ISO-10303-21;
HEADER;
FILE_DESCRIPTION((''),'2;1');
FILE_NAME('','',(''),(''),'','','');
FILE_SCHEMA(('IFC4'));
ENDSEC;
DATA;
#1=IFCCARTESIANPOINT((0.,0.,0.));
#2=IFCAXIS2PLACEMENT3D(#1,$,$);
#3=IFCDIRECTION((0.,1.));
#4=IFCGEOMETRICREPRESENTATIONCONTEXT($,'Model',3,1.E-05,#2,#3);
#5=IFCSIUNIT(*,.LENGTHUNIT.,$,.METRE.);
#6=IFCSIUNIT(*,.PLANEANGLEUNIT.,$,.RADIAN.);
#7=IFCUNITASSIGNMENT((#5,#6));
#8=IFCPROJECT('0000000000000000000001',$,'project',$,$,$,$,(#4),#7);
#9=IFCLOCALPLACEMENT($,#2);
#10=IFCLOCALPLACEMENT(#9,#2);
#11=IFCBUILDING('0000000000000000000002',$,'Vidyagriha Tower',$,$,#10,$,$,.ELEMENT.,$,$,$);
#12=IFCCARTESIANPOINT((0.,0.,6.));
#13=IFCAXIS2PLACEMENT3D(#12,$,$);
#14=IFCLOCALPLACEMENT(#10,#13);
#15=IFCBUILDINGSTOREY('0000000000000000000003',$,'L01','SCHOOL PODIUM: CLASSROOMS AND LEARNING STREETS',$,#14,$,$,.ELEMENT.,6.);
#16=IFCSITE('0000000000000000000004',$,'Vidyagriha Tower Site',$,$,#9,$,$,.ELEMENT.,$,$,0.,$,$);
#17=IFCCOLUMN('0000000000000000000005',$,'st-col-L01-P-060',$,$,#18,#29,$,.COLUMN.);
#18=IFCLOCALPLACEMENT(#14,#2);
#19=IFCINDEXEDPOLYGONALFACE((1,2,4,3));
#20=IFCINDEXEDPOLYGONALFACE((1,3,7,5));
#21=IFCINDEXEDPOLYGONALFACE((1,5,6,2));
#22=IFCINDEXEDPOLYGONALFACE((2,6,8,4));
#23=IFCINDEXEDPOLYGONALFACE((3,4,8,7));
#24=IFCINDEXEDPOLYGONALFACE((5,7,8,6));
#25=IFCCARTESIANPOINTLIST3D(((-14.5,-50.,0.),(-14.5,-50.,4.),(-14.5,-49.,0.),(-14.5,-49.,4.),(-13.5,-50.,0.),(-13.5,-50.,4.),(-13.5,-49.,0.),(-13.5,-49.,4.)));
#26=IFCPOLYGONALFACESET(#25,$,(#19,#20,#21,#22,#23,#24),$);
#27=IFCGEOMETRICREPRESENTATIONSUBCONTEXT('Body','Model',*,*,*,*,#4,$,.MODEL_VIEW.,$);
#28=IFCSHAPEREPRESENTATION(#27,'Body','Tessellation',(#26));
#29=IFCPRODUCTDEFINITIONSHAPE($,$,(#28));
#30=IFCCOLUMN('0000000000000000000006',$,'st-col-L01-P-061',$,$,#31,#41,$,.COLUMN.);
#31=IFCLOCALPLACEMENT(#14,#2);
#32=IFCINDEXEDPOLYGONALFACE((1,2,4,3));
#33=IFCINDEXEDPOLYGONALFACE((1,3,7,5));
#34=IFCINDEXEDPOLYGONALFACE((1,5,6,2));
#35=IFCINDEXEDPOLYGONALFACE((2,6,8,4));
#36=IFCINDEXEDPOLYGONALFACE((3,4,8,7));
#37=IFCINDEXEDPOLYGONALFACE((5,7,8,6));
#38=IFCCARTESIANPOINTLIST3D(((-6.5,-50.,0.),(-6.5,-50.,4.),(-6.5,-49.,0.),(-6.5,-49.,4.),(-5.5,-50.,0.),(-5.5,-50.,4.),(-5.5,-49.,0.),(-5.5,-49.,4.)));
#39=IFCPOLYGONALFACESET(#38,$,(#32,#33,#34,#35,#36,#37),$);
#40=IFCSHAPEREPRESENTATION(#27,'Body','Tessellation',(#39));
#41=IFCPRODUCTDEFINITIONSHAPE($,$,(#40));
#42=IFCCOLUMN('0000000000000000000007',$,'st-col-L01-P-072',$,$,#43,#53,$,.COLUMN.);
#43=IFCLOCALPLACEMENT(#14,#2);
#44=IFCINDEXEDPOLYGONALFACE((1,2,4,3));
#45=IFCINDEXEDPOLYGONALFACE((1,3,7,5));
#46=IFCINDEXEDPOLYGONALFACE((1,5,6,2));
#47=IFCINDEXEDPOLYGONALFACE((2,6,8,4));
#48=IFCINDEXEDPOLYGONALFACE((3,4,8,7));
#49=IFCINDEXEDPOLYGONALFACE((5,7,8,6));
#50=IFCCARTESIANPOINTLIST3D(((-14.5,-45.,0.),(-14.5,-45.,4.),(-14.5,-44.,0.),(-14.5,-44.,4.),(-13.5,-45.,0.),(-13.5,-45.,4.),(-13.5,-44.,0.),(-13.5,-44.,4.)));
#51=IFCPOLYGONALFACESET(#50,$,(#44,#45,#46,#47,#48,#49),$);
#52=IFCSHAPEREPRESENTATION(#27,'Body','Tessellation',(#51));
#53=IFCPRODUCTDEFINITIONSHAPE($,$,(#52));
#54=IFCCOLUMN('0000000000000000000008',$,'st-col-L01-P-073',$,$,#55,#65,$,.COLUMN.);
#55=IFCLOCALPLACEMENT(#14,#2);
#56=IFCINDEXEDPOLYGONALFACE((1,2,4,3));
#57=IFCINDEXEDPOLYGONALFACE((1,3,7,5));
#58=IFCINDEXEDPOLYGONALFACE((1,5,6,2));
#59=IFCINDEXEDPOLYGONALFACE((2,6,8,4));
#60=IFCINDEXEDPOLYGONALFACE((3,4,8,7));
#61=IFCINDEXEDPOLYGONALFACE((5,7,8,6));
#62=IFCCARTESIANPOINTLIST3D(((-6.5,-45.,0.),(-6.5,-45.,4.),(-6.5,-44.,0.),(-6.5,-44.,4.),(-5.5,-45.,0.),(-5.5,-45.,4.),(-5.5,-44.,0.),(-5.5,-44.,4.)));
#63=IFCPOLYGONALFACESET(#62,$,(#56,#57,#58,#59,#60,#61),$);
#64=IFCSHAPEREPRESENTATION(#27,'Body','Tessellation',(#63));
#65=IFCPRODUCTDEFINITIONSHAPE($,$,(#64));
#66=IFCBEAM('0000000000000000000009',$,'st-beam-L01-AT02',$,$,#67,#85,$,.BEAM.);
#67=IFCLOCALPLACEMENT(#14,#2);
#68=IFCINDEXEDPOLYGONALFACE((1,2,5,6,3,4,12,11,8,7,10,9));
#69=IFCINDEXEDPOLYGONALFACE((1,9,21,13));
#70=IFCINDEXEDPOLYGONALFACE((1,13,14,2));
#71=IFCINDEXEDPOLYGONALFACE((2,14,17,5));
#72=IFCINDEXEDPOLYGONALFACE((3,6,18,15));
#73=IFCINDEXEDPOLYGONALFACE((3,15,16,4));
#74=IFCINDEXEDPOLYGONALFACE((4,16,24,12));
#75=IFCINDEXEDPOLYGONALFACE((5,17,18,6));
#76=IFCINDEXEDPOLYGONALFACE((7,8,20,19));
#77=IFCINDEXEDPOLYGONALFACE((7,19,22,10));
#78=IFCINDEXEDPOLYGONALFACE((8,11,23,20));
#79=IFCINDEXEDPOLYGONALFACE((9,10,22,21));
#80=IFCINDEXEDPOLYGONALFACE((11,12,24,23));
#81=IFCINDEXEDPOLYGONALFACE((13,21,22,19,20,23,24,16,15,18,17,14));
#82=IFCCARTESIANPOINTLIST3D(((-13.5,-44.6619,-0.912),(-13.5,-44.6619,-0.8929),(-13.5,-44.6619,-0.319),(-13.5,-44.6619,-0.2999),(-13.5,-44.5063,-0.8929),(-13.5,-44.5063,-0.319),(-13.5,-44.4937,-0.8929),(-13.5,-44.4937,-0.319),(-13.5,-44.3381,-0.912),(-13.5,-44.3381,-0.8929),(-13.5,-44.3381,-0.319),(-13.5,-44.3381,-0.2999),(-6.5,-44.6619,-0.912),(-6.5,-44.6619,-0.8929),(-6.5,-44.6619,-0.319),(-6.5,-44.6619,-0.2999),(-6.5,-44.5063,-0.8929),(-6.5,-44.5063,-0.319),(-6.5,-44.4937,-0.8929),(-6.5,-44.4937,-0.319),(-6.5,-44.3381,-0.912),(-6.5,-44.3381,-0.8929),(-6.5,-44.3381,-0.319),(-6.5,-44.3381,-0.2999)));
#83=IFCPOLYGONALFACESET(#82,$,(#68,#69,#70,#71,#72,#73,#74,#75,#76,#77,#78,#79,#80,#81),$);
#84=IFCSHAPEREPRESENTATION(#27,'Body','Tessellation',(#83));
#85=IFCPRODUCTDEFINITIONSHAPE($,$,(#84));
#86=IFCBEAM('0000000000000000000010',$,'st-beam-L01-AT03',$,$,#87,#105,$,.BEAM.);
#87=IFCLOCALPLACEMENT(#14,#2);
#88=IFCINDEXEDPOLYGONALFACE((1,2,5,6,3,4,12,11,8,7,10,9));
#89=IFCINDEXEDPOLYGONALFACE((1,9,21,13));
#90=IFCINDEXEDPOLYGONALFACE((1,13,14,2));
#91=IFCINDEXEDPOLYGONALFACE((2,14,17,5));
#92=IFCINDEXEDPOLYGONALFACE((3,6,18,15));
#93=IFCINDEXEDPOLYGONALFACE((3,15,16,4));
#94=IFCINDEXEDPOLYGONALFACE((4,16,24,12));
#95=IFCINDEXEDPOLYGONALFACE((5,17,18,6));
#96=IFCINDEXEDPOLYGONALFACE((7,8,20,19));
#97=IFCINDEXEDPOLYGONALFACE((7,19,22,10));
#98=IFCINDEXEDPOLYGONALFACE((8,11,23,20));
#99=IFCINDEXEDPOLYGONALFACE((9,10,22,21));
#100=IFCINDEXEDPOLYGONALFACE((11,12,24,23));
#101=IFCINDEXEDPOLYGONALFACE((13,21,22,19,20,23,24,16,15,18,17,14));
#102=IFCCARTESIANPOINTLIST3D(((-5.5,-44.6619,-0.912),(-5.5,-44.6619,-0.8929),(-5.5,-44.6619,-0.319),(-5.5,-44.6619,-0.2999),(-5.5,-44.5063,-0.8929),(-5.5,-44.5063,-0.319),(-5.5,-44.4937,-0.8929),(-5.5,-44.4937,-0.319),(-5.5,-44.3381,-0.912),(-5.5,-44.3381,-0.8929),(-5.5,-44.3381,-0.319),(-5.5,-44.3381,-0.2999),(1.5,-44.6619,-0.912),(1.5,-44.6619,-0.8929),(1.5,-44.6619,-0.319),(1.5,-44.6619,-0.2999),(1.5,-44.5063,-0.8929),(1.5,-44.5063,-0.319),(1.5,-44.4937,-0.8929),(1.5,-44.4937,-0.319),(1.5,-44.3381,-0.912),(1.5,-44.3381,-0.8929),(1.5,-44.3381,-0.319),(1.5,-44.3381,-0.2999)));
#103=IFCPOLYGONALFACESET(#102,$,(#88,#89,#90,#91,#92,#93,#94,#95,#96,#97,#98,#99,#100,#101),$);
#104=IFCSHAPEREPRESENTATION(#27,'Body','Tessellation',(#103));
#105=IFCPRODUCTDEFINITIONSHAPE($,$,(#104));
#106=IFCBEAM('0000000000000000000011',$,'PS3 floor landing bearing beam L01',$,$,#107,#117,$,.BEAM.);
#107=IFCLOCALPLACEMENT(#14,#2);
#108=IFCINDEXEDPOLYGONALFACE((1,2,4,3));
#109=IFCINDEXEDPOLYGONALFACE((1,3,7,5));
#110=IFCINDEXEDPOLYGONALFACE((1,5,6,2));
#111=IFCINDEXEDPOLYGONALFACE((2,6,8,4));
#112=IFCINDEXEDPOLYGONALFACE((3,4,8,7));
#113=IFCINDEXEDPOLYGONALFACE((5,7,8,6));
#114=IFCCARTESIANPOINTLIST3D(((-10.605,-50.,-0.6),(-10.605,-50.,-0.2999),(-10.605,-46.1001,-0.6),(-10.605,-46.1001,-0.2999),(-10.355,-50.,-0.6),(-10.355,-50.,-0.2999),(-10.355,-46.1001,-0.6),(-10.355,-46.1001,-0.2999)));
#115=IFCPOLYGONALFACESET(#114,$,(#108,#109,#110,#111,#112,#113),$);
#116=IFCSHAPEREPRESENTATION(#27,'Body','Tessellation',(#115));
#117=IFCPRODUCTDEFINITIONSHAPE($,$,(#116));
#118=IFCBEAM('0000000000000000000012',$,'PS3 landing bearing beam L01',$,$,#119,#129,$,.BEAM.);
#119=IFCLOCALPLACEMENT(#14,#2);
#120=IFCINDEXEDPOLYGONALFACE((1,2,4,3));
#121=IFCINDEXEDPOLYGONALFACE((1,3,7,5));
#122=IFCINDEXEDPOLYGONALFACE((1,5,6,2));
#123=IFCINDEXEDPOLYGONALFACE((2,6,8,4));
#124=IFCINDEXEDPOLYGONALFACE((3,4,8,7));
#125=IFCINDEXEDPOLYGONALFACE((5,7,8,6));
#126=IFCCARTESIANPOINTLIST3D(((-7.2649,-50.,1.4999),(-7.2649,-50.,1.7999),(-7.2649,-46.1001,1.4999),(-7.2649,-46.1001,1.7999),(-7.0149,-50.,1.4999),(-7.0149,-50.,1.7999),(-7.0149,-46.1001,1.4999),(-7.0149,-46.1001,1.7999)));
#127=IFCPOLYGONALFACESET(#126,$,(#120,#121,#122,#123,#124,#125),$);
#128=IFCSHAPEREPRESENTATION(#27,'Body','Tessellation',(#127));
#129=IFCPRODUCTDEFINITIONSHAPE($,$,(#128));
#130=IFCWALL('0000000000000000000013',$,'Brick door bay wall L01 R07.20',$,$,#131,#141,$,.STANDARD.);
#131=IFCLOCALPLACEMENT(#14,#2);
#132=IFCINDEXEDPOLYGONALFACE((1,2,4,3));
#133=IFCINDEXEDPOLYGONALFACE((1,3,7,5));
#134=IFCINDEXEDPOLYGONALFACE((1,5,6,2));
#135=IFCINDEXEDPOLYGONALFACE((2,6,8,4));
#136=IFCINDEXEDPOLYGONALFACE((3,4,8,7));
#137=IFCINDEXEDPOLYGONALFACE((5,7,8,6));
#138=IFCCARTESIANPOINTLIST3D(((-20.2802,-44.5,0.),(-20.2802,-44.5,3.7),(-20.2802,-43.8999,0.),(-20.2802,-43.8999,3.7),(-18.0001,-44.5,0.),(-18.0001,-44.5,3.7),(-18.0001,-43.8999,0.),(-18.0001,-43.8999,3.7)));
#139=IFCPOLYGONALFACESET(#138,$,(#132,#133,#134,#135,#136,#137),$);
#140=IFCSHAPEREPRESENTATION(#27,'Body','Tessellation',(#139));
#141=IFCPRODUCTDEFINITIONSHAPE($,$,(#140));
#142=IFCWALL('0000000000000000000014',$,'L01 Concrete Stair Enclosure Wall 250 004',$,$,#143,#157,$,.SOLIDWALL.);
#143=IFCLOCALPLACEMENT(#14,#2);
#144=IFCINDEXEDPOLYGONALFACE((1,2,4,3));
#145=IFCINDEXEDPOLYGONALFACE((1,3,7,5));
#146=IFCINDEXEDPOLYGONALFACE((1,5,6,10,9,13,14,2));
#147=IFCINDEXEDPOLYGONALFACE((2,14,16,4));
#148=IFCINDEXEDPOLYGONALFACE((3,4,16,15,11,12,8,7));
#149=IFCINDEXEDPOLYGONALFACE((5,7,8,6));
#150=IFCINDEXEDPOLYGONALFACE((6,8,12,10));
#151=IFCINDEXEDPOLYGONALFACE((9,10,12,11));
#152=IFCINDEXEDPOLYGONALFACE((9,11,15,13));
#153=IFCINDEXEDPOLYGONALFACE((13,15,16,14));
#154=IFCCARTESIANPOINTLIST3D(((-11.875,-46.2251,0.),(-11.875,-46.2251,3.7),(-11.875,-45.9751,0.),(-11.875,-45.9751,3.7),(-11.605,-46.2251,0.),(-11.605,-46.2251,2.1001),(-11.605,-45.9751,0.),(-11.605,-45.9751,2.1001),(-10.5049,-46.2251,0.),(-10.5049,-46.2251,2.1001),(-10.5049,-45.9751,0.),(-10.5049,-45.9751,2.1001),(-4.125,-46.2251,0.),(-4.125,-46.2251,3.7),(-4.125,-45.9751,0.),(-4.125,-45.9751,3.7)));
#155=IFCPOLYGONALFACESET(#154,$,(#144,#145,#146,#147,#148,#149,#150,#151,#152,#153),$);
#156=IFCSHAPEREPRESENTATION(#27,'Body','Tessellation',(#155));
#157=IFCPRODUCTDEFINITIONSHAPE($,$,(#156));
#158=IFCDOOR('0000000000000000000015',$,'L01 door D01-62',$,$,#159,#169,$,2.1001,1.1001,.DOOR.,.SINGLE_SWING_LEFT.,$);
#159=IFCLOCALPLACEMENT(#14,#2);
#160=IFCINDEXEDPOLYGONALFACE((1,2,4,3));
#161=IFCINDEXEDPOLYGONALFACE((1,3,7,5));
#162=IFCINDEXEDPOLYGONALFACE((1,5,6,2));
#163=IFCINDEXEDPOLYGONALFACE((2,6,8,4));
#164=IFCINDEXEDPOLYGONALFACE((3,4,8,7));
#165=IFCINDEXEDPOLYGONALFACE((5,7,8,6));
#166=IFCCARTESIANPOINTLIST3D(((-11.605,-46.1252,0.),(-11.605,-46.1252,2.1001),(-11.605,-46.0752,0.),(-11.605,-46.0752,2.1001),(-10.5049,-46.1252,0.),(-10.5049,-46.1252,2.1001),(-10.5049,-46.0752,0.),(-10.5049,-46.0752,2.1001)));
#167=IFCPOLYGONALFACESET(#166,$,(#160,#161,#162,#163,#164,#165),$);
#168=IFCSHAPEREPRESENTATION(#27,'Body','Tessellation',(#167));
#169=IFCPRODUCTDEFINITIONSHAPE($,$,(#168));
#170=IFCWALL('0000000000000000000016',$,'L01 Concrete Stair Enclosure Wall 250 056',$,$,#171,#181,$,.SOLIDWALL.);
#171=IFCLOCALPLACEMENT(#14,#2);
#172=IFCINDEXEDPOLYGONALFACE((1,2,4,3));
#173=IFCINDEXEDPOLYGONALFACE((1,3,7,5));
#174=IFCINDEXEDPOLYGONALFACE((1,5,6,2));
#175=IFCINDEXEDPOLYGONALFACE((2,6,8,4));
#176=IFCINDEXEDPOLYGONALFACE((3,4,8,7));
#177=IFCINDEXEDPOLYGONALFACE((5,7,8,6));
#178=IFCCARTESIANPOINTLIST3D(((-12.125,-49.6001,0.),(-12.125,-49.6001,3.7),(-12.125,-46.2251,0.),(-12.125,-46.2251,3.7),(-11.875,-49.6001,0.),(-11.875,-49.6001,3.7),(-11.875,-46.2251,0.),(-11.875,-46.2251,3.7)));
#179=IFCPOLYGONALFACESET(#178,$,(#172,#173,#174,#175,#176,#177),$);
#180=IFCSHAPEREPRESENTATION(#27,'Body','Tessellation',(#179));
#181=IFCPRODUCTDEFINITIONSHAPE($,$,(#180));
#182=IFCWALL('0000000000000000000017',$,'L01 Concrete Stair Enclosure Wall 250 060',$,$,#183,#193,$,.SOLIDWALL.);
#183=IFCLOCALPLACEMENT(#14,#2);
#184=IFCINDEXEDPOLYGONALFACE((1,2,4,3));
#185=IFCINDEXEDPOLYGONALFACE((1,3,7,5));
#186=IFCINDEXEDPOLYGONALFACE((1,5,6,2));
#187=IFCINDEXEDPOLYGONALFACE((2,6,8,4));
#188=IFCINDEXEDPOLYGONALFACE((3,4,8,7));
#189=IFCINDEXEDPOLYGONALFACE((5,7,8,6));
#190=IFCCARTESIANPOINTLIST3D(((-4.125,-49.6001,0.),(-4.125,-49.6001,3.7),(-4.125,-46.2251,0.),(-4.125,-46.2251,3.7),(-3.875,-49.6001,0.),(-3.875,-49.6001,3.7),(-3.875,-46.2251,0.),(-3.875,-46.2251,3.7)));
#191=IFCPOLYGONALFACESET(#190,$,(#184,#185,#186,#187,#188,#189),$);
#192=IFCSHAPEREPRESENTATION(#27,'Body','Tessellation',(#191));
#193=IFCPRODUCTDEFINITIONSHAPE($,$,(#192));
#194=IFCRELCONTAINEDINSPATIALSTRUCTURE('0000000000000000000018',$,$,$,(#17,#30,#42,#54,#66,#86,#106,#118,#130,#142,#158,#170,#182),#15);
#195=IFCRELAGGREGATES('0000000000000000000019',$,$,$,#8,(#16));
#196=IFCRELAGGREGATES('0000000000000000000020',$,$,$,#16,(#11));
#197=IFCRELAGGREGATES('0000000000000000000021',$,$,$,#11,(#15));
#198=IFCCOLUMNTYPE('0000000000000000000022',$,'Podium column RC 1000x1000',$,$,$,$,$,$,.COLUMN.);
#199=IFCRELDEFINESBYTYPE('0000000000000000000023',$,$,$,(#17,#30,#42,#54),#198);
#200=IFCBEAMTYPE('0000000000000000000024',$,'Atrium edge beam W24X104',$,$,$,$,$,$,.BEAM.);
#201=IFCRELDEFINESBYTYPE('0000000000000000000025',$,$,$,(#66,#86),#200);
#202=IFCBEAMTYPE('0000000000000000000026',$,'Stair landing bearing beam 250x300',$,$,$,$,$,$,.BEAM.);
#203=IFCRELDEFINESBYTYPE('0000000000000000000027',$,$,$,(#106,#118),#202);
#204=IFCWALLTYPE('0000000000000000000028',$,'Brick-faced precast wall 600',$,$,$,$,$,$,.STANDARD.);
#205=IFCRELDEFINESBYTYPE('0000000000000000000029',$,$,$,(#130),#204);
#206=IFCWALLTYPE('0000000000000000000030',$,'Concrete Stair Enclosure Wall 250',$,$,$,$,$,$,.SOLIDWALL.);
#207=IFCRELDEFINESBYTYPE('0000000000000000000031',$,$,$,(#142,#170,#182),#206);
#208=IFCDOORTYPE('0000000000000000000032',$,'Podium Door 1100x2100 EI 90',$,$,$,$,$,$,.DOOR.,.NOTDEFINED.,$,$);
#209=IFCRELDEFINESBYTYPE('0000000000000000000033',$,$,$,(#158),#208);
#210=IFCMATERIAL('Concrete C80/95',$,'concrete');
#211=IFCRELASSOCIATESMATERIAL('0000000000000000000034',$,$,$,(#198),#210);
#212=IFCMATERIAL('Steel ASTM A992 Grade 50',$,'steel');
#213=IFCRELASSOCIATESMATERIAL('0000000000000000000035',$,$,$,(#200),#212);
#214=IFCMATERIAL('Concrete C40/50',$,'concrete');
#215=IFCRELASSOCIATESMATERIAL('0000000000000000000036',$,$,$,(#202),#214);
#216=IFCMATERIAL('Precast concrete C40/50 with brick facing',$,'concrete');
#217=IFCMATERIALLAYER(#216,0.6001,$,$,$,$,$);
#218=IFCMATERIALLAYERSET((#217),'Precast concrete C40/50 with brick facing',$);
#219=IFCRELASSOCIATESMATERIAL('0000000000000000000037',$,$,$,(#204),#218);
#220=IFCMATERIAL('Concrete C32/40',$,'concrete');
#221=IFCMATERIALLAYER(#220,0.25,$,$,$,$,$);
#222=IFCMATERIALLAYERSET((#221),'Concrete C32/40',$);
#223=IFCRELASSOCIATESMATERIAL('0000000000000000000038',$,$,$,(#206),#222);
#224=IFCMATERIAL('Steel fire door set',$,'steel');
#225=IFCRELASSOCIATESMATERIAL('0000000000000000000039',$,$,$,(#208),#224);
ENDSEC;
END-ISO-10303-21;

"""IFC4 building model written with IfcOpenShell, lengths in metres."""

from ifc_helpers import new_model, si_unit, direction, frame, frame_2d, origin, origin_2d, place, context, subcontext, project, spatial, rectangle, i_section, extrude, material, layer, layer_set, material_profile, profile_set, type_object, element, fill, save


model = new_model("IFC4")

# Units and contexts
model_context = context("Model", 3, precision=1e-05, world=origin(), true_north=direction((0.0, 1.0)))
body_context = subcontext(model_context, "Body", "Model", "MODEL_VIEW")
ifc_project = project(units=[si_unit("LENGTHUNIT", "METRE"), si_unit("PLANEANGLEUNIT", "RADIAN")], contexts=[model_context])

# Site, building, storey
site_placement = place(None, origin())
site = spatial("IfcSite", under=ifc_project, at=site_placement, Name="Vidyagriha Tower Site", CompositionType="ELEMENT", RefElevation=0.0)
building_placement = place(site_placement, origin())
building = spatial("IfcBuilding", under=site, at=building_placement, Name="Vidyagriha Tower", CompositionType="ELEMENT")
storey_placement = place(building_placement, frame((0.0, 0.0, 6.0)))
storey = spatial("IfcBuildingStorey", under=building, at=storey_placement, Name="L01", Description="SCHOOL PODIUM: CLASSROOMS AND LEARNING STREETS", CompositionType="ELEMENT", Elevation=6.0)

# Columns
ifc_material_1 = material(Name="Concrete C80/95", Category="concrete")
ifc_material_profile_1 = material_profile(ifc_material_1, rectangle(XDim=1.0, YDim=1.0, at=origin_2d()), Name="RC 1000x1000")
ifc_profile_set_1 = profile_set([ifc_material_profile_1], Name="Concrete C80/95")
column_type = type_object("IfcColumnType", Name="Podium column RC 1000x1000", PredefinedType="COLUMN", material=ifc_profile_set_1)
for number, where, name in (
    (1, (-14.0, -49.5, 0.0), "st-col-L01-P-060"),
    (2, (-6.0, -49.5, 0.0), "st-col-L01-P-061"),
    (3, (-14.0, -44.5, 0.0), "st-col-L01-P-072"),
    (4, (-6.0, -44.5, 0.0), "st-col-L01-P-073"),
):
    element("IfcColumn", number, at=place(storey_placement, frame(where)), inside=storey, type_object=column_type, Name=name, PredefinedType="COLUMN", context=body_context, shape_type="SweptSolid", body=[
        extrude(rectangle(XDim=1.0, YDim=1.0, at=origin_2d()), origin(), (0.0, 0.0, 1.0), 4.0),
    ])

# Beams
ifc_material_2 = material(Name="Steel ASTM A992 Grade 50", Category="steel")
ifc_material_profile_2 = material_profile(ifc_material_2, i_section(OverallWidth=0.3237, OverallDepth=0.6121, WebThickness=0.0127, FlangeThickness=0.019, at=origin_2d()), Name="W24X104")
ifc_profile_set_2 = profile_set([ifc_material_profile_2], Name="Steel ASTM A992 Grade 50")
beam_type_1 = type_object("IfcBeamType", Name="Atrium edge beam W24X104", PredefinedType="BEAM", material=ifc_profile_set_2)
for number, where, z_axis, x_axis, name in (
    (5, (-13.5, -44.5, -0.606), (1.0, 0.0, 0.0), (0.0, 1.0, 0.0), "st-beam-L01-AT02"),
    (6, (-5.5, -44.5, -0.606), (1.0, 0.0, 0.0), (0.0, 1.0, 0.0), "st-beam-L01-AT03"),
):
    element("IfcBeam", number, at=place(storey_placement, frame(where, z_axis=z_axis, x_axis=x_axis)), inside=storey, type_object=beam_type_1, Name=name, PredefinedType="BEAM", context=body_context, shape_type="SweptSolid", body=[
        extrude(i_section(OverallWidth=0.3237, OverallDepth=0.6121, WebThickness=0.0127, FlangeThickness=0.019, at=origin_2d()), origin(), (0.0, 0.0, 1.0), 7.0),
    ])
ifc_material_3 = material(Name="Concrete C40/50", Category="concrete")
ifc_material_profile_3 = material_profile(ifc_material_3, rectangle(XDim=0.25, YDim=0.3, at=origin_2d()), Name="Stair landing bearing beam 250x300")
ifc_profile_set_3 = profile_set([ifc_material_profile_3], Name="Concrete C40/50")
beam_type_2 = type_object("IfcBeamType", Name="Stair landing bearing beam 250x300", PredefinedType="BEAM", material=ifc_profile_set_3)
for number, where, z_axis, x_axis, name in (
    (7, (-10.48, -50.0, -0.45), (0.0, 1.0, 0.0), (-1.0, 0.0, 0.0), "PS3 floor landing bearing beam L01"),
    (8, (-7.1399, -50.0, 1.6499), (0.0, 1.0, 0.0), (-1.0, 0.0, 0.0), "PS3 landing bearing beam L01"),
):
    element("IfcBeam", number, at=place(storey_placement, frame(where, z_axis=z_axis, x_axis=x_axis)), inside=storey, type_object=beam_type_2, Name=name, PredefinedType="BEAM", context=body_context, shape_type="SweptSolid", body=[
        extrude(rectangle(XDim=0.25, YDim=0.3, at=origin_2d()), origin(), (0.0, 0.0, 1.0), 3.8999),
    ])

# Wall
ifc_material_4 = material(Name="Precast concrete C40/50 with brick facing", Category="concrete")
ifc_layer_1 = layer(ifc_material_4, 0.6001)
ifc_layer_set_1 = layer_set([ifc_layer_1], Name="Precast concrete C40/50 with brick facing")
wall_type_1 = type_object("IfcWallType", Name="Brick-faced precast wall 600", PredefinedType="STANDARD", material=ifc_layer_set_1)
wall_1_placement = place(storey_placement, frame((-18.0, -44.2, 0.0), z_axis=(0.0, 0.0, 1.0), x_axis=(-1.0, 0.0, 0.0)))
element("IfcWall", 9, at=wall_1_placement, inside=storey, type_object=wall_type_1, Name="Brick door bay wall L01 R07.20", PredefinedType="STANDARD", context=body_context, shape_type="SweptSolid", body=[
    extrude(rectangle(XDim=2.28, YDim=0.6001, at=frame_2d((1.1401, 0.0))), origin(), (0.0, 0.0, 1.0), 3.7),
])

# Wall, opening, door
ifc_material_5 = material(Name="Concrete C32/40", Category="concrete")
ifc_layer_2 = layer(ifc_material_5, 0.25)
ifc_layer_set_2 = layer_set([ifc_layer_2], Name="Concrete C32/40")
wall_type_2 = type_object("IfcWallType", Name="Concrete Stair Enclosure Wall 250", PredefinedType="SOLIDWALL", material=ifc_layer_set_2)
wall_2_placement = place(storey_placement, frame((-11.875, -46.1001, 0.0)))
wall_2 = element("IfcWall", 10, at=wall_2_placement, inside=storey, type_object=wall_type_2, Name="L01 Concrete Stair Enclosure Wall 250 004", PredefinedType="SOLIDWALL", context=body_context, shape_type="SweptSolid", body=[
    extrude(rectangle(XDim=7.75, YDim=0.25, at=frame_2d((3.875, 0.0))), origin(), (0.0, 0.0, 1.0), 3.7),
])
opening_1_placement = place(wall_2_placement, frame((0.27, 0.0, 0.0)))
opening_1 = element("IfcOpeningElement", 11, at=opening_1_placement, cuts=wall_2, PredefinedType="OPENING", context=body_context, shape_type="SweptSolid", body=[
    extrude(rectangle(XDim=1.1001, YDim=2.1001, at=frame_2d((0.55, 1.05))), frame((0.0, 0.135, 0.0), z_axis=(0.0, -1.0, 0.0), x_axis=(1.0, 0.0, 0.0)), (0.0, 0.0, 1.0), 0.27),
])
ifc_material_6 = material(Name="Steel fire door set", Category="steel")
door_type_1 = type_object("IfcDoorType", Name="Podium Door 1100x2100 EI 90", OperationType="NOTDEFINED", PredefinedType="DOOR", material=ifc_material_6)
door_1_placement = place(opening_1_placement, origin())
door_1 = element("IfcDoor", 12, at=door_1_placement, inside=storey, type_object=door_type_1, Name="L01 door D01-62", OperationType="SINGLE_SWING_LEFT", OverallHeight=2.1001, OverallWidth=1.1001, PredefinedType="DOOR", context=body_context, shape_type="SweptSolid", body=[
    extrude(rectangle(XDim=1.1001, YDim=2.1001, at=frame_2d((0.55, 1.05))), frame((0.0, 0.0249, 0.0), z_axis=(0.0, -1.0, 0.0), x_axis=(1.0, 0.0, 0.0)), (0.0, 0.0, 1.0), 0.05),
])
fill(opening_1, door_1)

# Walls
for number, where, z_axis, x_axis, name in (
    (13, (-12.0, -49.6001, 0.0), (0.0, 0.0, 1.0), (0.0, 1.0, 0.0), "L01 Concrete Stair Enclosure Wall 250 056"),
    (14, (-4.0, -49.6001, 0.0), (0.0, 0.0, 1.0), (0.0, 1.0, 0.0), "L01 Concrete Stair Enclosure Wall 250 060"),
):
    element("IfcWall", number, at=place(storey_placement, frame(where, z_axis=z_axis, x_axis=x_axis)), inside=storey, type_object=wall_type_2, Name=name, PredefinedType="SOLIDWALL", context=body_context, shape_type="SweptSolid", body=[
        extrude(rectangle(XDim=3.375, YDim=0.25, at=frame_2d((1.6875, 0.0))), origin(), (0.0, 0.0, 1.0), 3.7),
    ])

save(model, "model.ifc")
